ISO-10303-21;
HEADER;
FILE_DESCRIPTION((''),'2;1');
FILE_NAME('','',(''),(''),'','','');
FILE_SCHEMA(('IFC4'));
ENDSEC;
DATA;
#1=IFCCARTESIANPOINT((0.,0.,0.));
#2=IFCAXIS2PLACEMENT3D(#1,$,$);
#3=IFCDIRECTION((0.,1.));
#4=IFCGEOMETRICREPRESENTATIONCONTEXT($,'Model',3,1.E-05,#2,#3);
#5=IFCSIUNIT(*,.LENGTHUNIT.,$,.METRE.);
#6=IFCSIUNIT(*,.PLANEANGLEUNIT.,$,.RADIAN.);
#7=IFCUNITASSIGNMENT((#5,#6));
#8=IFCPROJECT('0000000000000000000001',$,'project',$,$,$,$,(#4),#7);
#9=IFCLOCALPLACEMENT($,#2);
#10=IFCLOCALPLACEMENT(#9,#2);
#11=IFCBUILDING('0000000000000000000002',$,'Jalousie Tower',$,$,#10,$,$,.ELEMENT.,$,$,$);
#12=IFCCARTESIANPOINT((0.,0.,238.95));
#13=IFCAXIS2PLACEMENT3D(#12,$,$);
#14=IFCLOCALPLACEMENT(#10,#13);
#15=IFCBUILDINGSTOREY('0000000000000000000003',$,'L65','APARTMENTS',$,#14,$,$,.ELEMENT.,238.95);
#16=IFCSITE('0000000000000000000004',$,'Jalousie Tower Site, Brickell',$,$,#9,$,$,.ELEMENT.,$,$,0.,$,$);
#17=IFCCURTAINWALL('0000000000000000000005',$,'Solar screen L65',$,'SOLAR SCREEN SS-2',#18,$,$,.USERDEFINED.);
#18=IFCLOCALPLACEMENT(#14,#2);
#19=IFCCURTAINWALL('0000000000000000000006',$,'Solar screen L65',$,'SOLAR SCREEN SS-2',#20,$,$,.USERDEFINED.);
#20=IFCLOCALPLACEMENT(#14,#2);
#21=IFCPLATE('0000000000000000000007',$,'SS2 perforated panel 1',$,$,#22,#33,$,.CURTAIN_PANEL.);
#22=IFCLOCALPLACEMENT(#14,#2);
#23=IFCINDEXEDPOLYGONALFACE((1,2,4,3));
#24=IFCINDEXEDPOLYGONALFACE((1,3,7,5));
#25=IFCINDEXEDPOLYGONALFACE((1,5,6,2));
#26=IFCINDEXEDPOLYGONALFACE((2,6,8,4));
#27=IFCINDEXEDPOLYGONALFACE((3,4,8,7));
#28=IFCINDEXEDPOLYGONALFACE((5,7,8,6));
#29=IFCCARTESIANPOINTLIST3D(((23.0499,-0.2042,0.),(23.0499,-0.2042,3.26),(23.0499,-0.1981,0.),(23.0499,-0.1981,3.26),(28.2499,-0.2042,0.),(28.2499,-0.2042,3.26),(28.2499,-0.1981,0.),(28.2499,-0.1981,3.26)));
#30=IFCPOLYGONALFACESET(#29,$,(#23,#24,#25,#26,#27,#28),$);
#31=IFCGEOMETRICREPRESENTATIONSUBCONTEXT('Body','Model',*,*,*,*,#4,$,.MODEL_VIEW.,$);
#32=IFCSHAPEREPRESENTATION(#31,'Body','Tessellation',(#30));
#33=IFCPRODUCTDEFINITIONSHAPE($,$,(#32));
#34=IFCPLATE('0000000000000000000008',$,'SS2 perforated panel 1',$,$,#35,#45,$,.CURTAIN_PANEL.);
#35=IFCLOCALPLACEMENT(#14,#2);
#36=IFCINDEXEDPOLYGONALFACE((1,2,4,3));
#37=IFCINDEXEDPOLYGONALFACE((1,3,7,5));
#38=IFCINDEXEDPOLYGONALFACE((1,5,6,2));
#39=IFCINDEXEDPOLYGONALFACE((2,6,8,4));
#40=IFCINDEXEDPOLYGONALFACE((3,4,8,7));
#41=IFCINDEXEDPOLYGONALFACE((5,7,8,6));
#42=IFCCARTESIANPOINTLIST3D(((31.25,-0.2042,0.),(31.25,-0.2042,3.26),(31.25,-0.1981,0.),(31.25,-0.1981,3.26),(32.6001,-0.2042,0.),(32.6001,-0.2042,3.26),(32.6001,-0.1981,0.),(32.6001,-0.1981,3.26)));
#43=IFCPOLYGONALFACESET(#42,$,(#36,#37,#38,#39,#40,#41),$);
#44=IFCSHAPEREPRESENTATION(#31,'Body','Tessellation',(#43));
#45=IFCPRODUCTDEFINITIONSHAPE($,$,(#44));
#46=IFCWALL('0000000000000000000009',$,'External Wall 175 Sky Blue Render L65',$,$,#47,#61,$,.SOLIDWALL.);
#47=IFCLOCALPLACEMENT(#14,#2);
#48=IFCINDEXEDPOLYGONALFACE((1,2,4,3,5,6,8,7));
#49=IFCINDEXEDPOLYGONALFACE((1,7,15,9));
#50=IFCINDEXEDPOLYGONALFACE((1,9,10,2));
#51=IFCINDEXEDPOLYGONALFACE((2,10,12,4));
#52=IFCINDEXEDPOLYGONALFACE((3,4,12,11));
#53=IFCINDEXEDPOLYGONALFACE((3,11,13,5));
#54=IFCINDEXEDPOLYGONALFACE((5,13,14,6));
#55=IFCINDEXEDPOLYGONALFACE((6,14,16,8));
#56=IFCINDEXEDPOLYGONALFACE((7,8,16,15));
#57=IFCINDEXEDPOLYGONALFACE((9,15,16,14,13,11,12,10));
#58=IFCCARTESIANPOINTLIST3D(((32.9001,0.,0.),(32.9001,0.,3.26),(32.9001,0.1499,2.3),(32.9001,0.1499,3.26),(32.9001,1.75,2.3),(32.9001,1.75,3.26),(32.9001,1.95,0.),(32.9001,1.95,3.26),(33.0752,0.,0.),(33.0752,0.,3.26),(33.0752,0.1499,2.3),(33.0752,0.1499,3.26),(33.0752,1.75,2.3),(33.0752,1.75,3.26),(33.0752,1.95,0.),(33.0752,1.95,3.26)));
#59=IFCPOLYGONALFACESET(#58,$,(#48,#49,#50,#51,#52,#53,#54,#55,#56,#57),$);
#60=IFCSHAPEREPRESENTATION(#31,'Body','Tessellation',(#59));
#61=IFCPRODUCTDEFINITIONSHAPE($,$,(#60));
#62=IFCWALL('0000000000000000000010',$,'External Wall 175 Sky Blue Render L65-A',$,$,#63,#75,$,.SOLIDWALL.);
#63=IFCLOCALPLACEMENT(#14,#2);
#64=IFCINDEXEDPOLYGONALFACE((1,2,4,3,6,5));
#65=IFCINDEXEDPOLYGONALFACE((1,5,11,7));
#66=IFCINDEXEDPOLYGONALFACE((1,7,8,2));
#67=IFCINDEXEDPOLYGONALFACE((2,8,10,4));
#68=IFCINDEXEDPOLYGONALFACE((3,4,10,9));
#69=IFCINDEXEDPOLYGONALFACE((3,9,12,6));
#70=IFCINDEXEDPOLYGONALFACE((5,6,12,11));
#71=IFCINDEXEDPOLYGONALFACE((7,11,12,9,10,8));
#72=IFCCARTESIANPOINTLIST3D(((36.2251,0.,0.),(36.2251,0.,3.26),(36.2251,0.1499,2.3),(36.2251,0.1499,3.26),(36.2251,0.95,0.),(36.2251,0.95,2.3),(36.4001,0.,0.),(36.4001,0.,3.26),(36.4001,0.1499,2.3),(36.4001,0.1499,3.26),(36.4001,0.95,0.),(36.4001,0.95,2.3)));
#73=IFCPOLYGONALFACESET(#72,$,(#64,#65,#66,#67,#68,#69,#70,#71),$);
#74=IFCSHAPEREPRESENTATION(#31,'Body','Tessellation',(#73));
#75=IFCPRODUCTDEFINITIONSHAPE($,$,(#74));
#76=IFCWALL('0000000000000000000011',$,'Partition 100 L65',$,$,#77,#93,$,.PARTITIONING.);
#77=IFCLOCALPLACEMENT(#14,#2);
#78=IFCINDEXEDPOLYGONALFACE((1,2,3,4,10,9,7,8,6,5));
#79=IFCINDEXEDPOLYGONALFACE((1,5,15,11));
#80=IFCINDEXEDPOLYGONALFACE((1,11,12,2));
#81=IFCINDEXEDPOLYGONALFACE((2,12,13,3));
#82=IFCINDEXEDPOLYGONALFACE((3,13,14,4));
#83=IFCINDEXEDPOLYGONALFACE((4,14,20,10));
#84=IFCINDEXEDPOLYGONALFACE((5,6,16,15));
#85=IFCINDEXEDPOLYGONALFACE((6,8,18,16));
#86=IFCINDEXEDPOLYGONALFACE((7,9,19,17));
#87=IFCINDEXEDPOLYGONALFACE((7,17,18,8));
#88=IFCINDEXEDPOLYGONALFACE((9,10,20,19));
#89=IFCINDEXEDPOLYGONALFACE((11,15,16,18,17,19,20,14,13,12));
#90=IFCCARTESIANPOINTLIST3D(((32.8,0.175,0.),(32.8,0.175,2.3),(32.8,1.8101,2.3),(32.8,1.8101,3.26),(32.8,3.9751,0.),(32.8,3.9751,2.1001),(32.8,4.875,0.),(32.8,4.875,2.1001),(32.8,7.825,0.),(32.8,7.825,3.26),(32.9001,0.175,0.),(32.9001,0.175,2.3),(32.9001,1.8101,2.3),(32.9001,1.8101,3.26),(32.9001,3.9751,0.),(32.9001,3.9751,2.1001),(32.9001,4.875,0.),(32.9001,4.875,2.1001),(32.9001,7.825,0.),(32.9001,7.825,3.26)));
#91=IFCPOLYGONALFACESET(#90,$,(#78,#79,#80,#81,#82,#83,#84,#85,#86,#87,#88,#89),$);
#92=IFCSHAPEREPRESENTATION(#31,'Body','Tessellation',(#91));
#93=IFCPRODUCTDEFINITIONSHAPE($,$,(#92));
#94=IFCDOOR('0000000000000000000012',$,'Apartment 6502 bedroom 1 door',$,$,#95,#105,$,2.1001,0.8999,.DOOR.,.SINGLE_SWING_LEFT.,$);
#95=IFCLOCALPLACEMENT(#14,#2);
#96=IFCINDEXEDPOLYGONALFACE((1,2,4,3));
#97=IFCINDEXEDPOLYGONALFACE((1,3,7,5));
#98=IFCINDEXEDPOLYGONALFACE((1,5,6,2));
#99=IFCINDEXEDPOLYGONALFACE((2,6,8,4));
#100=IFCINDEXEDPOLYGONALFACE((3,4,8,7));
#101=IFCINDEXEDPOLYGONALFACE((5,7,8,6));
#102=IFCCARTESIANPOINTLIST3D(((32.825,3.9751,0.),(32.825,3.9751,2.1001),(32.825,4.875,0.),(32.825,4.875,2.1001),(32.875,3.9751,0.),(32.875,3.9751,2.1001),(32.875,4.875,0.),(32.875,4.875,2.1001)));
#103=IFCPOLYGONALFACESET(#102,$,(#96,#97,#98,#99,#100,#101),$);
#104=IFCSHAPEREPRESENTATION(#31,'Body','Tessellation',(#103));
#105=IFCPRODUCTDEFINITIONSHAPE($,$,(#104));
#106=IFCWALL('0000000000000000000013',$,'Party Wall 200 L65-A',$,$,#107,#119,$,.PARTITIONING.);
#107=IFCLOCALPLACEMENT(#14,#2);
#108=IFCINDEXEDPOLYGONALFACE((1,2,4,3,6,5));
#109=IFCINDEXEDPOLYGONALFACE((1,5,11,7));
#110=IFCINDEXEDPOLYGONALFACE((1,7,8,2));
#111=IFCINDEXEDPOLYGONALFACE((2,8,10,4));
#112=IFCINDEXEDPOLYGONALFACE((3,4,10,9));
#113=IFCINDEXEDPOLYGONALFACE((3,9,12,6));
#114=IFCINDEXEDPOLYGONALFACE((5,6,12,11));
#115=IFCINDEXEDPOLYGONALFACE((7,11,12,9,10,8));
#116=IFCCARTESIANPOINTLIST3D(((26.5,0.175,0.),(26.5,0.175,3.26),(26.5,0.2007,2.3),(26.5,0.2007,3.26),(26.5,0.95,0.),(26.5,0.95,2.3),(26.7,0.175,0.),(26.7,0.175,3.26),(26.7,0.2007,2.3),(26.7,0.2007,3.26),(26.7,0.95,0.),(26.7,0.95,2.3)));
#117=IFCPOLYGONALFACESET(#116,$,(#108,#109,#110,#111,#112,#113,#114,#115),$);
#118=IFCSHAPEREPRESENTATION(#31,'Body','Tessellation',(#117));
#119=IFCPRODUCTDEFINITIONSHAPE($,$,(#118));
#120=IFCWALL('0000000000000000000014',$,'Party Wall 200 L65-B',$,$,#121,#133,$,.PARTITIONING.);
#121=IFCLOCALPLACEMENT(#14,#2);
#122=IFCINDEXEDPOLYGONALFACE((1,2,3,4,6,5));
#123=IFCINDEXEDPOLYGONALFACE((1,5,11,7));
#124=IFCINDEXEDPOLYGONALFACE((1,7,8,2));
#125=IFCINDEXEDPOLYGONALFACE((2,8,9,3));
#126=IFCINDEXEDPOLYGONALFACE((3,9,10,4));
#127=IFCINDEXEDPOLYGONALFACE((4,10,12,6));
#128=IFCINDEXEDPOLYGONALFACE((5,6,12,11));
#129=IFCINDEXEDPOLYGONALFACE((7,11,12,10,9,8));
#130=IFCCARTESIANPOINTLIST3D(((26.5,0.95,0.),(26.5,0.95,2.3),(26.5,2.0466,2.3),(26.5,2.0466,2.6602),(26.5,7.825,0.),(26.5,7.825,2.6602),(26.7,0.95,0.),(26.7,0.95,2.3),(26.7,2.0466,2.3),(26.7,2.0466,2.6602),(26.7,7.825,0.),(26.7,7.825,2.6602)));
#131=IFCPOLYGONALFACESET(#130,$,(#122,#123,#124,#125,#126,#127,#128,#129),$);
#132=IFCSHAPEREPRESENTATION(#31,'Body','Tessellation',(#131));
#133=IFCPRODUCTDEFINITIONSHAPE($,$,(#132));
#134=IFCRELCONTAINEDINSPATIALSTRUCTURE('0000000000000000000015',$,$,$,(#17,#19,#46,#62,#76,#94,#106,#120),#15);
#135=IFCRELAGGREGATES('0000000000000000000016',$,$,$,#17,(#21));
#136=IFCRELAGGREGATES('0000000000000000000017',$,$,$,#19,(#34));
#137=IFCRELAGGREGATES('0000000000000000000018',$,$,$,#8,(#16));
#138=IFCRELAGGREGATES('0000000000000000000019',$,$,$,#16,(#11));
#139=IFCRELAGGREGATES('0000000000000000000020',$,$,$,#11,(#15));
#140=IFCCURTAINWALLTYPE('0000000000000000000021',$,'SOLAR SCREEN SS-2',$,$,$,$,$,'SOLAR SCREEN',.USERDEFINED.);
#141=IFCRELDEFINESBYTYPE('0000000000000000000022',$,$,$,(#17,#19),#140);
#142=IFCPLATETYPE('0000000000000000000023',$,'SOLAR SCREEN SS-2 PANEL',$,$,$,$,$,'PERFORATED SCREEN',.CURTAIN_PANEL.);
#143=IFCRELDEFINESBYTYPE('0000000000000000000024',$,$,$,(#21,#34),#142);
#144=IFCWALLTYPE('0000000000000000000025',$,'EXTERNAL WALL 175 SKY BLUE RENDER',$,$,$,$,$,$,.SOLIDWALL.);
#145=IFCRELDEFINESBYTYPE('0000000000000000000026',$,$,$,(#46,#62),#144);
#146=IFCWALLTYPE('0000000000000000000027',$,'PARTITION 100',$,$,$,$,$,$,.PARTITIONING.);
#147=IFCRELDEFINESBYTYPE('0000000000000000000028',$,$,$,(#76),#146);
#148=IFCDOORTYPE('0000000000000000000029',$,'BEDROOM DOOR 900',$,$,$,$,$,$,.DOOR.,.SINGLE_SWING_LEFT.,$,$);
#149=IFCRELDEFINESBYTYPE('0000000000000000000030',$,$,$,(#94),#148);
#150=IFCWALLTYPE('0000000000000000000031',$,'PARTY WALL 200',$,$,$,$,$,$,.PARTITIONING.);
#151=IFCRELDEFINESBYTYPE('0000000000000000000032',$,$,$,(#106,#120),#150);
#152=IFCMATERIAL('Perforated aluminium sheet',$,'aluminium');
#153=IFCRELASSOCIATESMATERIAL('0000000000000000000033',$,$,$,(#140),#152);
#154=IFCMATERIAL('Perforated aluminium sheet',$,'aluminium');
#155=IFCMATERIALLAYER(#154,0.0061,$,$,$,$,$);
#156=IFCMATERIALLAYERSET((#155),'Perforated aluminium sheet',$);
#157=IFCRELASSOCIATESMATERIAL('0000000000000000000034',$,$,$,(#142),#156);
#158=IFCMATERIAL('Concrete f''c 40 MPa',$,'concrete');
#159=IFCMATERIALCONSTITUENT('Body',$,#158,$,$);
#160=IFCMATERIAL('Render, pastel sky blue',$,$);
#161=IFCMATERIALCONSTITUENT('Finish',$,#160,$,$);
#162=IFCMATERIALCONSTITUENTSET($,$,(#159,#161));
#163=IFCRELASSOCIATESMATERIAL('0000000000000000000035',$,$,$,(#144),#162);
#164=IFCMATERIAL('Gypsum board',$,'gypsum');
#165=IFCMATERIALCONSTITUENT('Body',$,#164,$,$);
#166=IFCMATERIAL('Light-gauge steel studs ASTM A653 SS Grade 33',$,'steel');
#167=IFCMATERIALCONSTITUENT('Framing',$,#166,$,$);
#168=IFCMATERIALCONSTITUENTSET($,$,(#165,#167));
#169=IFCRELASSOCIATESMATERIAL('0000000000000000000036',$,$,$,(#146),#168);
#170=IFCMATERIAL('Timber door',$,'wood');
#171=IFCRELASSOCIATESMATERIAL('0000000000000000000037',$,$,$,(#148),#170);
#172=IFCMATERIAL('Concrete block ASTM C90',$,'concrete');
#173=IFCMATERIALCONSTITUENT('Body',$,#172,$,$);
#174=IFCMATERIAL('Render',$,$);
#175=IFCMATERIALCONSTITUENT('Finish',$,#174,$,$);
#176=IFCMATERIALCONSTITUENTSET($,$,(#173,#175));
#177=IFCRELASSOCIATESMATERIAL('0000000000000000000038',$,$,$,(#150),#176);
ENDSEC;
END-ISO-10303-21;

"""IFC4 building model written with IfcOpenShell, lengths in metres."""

from ifc_helpers import new_model, si_unit, direction, frame, frame_2d, origin, origin_2d, place, context, subcontext, project, spatial, polyline, rectangle, outline, extrude, material, layer, layer_set, constituent, constituent_set, type_object, element, fill, aggregate, save


model = new_model("IFC4")

# Units and contexts
model_context = context("Model", 3, precision=1e-05, world=origin(), true_north=direction((0.0, 1.0)))
body_context = subcontext(model_context, "Body", "Model", "MODEL_VIEW")
ifc_project = project(units=[si_unit("LENGTHUNIT", "METRE"), si_unit("PLANEANGLEUNIT", "RADIAN")], contexts=[model_context])

# Site, building, storey
site_placement = place(None, origin())
site = spatial("IfcSite", under=ifc_project, at=site_placement, Name="Jalousie Tower Site, Brickell", CompositionType="ELEMENT", RefElevation=0.0)
building_placement = place(site_placement, origin())
building = spatial("IfcBuilding", under=site, at=building_placement, Name="Jalousie Tower", CompositionType="ELEMENT")
storey_placement = place(building_placement, frame((0.0, 0.0, 238.95)))
storey = spatial("IfcBuildingStorey", under=building, at=storey_placement, Name="L65", Description="APARTMENTS", CompositionType="ELEMENT", Elevation=238.95)

# Curtain wall
ifc_material_1 = material(Name="Perforated aluminium sheet", Category="aluminium")
curtain_wall_type = type_object("IfcCurtainWallType", Name="SOLAR SCREEN SS-2", ElementType="SOLAR SCREEN", PredefinedType="USERDEFINED", material=ifc_material_1)
curtain_wall_1_placement = place(storey_placement, origin())
curtain_wall_1 = element("IfcCurtainWall", 1, at=curtain_wall_1_placement, inside=storey, type_object=curtain_wall_type, Name="Solar screen L65", ObjectType="SOLAR SCREEN SS-2", PredefinedType="USERDEFINED")

# Curtain wall
curtain_wall_2_placement = place(storey_placement, origin())
curtain_wall_2 = element("IfcCurtainWall", 2, at=curtain_wall_2_placement, inside=storey, type_object=curtain_wall_type, Name="Solar screen L65", ObjectType="SOLAR SCREEN SS-2", PredefinedType="USERDEFINED")

# Plates
ifc_material_2 = material(Name="Perforated aluminium sheet", Category="aluminium")
ifc_layer_1 = layer(ifc_material_2, 0.0061)
ifc_layer_set_1 = layer_set([ifc_layer_1], Name="Perforated aluminium sheet")
plate_type = type_object("IfcPlateType", Name="SOLAR SCREEN SS-2 PANEL", ElementType="PERFORATED SCREEN", PredefinedType="CURTAIN_PANEL", material=ifc_layer_set_1)
plate_1_placement = place(storey_placement, frame((25.6499, -0.2012, 0.0), z_axis=(0.0, 0.0, 1.0), x_axis=(1.0, 0.0, 0.0)))
plate_1 = element("IfcPlate", 3, at=plate_1_placement, type_object=plate_type, Name="SS2 perforated panel 1", PredefinedType="CURTAIN_PANEL", context=body_context, shape_type="SweptSolid", body=[
    extrude(rectangle(XDim=5.2, YDim=0.0061, at=origin_2d()), origin(), (0.0, 0.0, 1.0), 3.26),
])
aggregate(curtain_wall_1, [plate_1])
plate_2_placement = place(storey_placement, frame((31.925, -0.2012, 0.0), z_axis=(0.0, 0.0, 1.0), x_axis=(1.0, 0.0, 0.0)))
plate_2 = element("IfcPlate", 4, at=plate_2_placement, type_object=plate_type, Name="SS2 perforated panel 1", PredefinedType="CURTAIN_PANEL", context=body_context, shape_type="SweptSolid", body=[
    extrude(rectangle(XDim=1.3501, YDim=0.0061, at=origin_2d()), origin(), (0.0, 0.0, 1.0), 3.26),
])
aggregate(curtain_wall_2, [plate_2])

# Walls
ifc_material_3 = material(Name="Concrete f'c 40 MPa", Category="concrete")
ifc_constituent_1 = constituent(ifc_material_3, Name="Body")
ifc_material_4 = material(Name="Render, pastel sky blue")
ifc_constituent_2 = constituent(ifc_material_4, Name="Finish")
ifc_constituent_set_1 = constituent_set(constituents=[ifc_constituent_1, ifc_constituent_2])
wall_type_1 = type_object("IfcWallType", Name="EXTERNAL WALL 175 SKY BLUE RENDER", PredefinedType="SOLIDWALL", material=ifc_constituent_set_1)
wall_1_placement = place(storey_placement, frame((32.9875, 0.0, 0.0), z_axis=(0.0, 0.0, 1.0), x_axis=(0.0, 1.0, 0.0)))
element("IfcWall", 5, at=wall_1_placement, inside=storey, type_object=wall_type_1, Name="External Wall 175 Sky Blue Render L65", PredefinedType="SOLIDWALL", context=body_context, shape_type="SweptSolid", body=[
    extrude(outline(polyline([(0.0, 0.0), (1.95, 0.0), (1.95, 3.26), (1.75, 3.26), (1.75, 2.3), (0.1499, 2.3), (0.1499, 3.26), (0.0, 3.26), (0.0, 0.0)])), frame((0.0, 0.0874, 0.0), z_axis=(0.0, -1.0, 0.0), x_axis=(1.0, 0.0, 0.0)), (0.0, 0.0, 1.0), 0.175),
])
wall_2_placement = place(storey_placement, frame((36.3125, 0.0, 0.0), z_axis=(0.0, 0.0, 1.0), x_axis=(0.0, 1.0, 0.0)))
element("IfcWall", 6, at=wall_2_placement, inside=storey, type_object=wall_type_1, Name="External Wall 175 Sky Blue Render L65-A", PredefinedType="SOLIDWALL", context=body_context, shape_type="SweptSolid", body=[
    extrude(outline(polyline([(0.0, 0.0), (0.95, 0.0), (0.95, 2.3), (0.1499, 2.3), (0.1499, 3.26), (0.0, 3.26), (0.0, 0.0)])), frame((0.0, 0.0874, 0.0), z_axis=(0.0, -1.0, 0.0), x_axis=(1.0, 0.0, 0.0)), (0.0, 0.0, 1.0), 0.175),
])

# Wall, opening, door
ifc_material_5 = material(Name="Gypsum board", Category="gypsum")
ifc_constituent_3 = constituent(ifc_material_5, Name="Body")
ifc_material_6 = material(Name="Light-gauge steel studs ASTM A653 SS Grade 33", Category="steel")
ifc_constituent_4 = constituent(ifc_material_6, Name="Framing")
ifc_constituent_set_2 = constituent_set(constituents=[ifc_constituent_3, ifc_constituent_4])
wall_type_2 = type_object("IfcWallType", Name="PARTITION 100", PredefinedType="PARTITIONING", material=ifc_constituent_set_2)
wall_3_placement = place(storey_placement, frame((32.8501, 0.175, 0.0), z_axis=(0.0, 0.0, 1.0), x_axis=(0.0, 1.0, 0.0)))
wall_3 = element("IfcWall", 7, at=wall_3_placement, inside=storey, type_object=wall_type_2, Name="Partition 100 L65", PredefinedType="PARTITIONING", context=body_context, shape_type="SweptSolid", body=[
    extrude(outline(polyline([(0.0, 0.0), (7.6499, 0.0), (7.6499, 3.26), (1.635, 3.26), (1.635, 2.3), (0.0, 2.3), (0.0, 3.26), (0.0, 0.0)])), frame((0.0, 0.05, 0.0), z_axis=(0.0, -1.0, 0.0), x_axis=(1.0, 0.0, 0.0)), (0.0, 0.0, 1.0), 0.1001),
])
opening_placement = place(wall_3_placement, frame((3.8, 0.0, 0.0)))
opening = element("IfcOpeningElement", 8, at=opening_placement, cuts=wall_3, PredefinedType="OPENING", context=body_context, shape_type="SweptSolid", body=[
    extrude(rectangle(XDim=0.8999, YDim=2.1001, at=frame_2d((0.45, 1.05))), frame((0.0, 0.0601, 0.0), z_axis=(0.0, -1.0, 0.0), x_axis=(1.0, 0.0, 0.0)), (0.0, 0.0, 1.0), 0.1201),
])
ifc_material_7 = material(Name="Timber door", Category="wood")
door_type = type_object("IfcDoorType", Name="BEDROOM DOOR 900", OperationType="SINGLE_SWING_LEFT", PredefinedType="DOOR", material=ifc_material_7)
door_placement = place(opening_placement, frame((0.8999, 0.0, 0.0), z_axis=(0.0, 0.0, 1.0), x_axis=(-1.0, 0.0, 0.0)))
door = element("IfcDoor", 9, at=door_placement, inside=storey, type_object=door_type, Name="Apartment 6502 bedroom 1 door", OperationType="SINGLE_SWING_LEFT", OverallHeight=2.1001, OverallWidth=0.8999, PredefinedType="DOOR", context=body_context, shape_type="SweptSolid", body=[
    extrude(rectangle(XDim=0.8999, YDim=2.1001, at=frame_2d((0.45, 1.05))), frame((0.0, 0.0249, 0.0), z_axis=(0.0, -1.0, 0.0), x_axis=(1.0, 0.0, 0.0)), (0.0, 0.0, 1.0), 0.05),
])
fill(opening, door)

# Walls
ifc_material_8 = material(Name="Concrete block ASTM C90", Category="concrete")
ifc_constituent_5 = constituent(ifc_material_8, Name="Body")
ifc_material_9 = material(Name="Render")
ifc_constituent_6 = constituent(ifc_material_9, Name="Finish")
ifc_constituent_set_3 = constituent_set(constituents=[ifc_constituent_5, ifc_constituent_6])
wall_type_3 = type_object("IfcWallType", Name="PARTY WALL 200", PredefinedType="PARTITIONING", material=ifc_constituent_set_3)
wall_4_placement = place(storey_placement, frame((26.6001, 0.175, 0.0), z_axis=(0.0, 0.0, 1.0), x_axis=(0.0, 1.0, 0.0)))
element("IfcWall", 10, at=wall_4_placement, inside=storey, type_object=wall_type_3, Name="Party Wall 200 L65-A", PredefinedType="PARTITIONING", context=body_context, shape_type="SweptSolid", body=[
    extrude(outline(polyline([(0.0, 0.0), (0.7749, 0.0), (0.7749, 2.3), (0.0256, 2.3), (0.0256, 3.26), (0.0, 3.26), (0.0, 0.0)])), frame((0.0, 0.1001, 0.0), z_axis=(0.0, -1.0, 0.0), x_axis=(1.0, 0.0, 0.0)), (0.0, 0.0, 1.0), 0.2),
])
wall_5_placement = place(storey_placement, frame((26.6001, 0.95, 0.0), z_axis=(0.0, 0.0, 1.0), x_axis=(0.0, 1.0, 0.0)))
element("IfcWall", 11, at=wall_5_placement, inside=storey, type_object=wall_type_3, Name="Party Wall 200 L65-B", PredefinedType="PARTITIONING", context=body_context, shape_type="SweptSolid", body=[
    extrude(outline(polyline([(0.0, 0.0), (6.875, 0.0), (6.875, 2.6602), (1.0967, 2.6602), (1.0967, 2.3), (0.0, 2.3), (0.0, 0.0)])), frame((0.0, 0.1001, 0.0), z_axis=(0.0, -1.0, 0.0), x_axis=(1.0, 0.0, 0.0)), (0.0, 0.0, 1.0), 0.2),
])

save(model, "model.ifc")
